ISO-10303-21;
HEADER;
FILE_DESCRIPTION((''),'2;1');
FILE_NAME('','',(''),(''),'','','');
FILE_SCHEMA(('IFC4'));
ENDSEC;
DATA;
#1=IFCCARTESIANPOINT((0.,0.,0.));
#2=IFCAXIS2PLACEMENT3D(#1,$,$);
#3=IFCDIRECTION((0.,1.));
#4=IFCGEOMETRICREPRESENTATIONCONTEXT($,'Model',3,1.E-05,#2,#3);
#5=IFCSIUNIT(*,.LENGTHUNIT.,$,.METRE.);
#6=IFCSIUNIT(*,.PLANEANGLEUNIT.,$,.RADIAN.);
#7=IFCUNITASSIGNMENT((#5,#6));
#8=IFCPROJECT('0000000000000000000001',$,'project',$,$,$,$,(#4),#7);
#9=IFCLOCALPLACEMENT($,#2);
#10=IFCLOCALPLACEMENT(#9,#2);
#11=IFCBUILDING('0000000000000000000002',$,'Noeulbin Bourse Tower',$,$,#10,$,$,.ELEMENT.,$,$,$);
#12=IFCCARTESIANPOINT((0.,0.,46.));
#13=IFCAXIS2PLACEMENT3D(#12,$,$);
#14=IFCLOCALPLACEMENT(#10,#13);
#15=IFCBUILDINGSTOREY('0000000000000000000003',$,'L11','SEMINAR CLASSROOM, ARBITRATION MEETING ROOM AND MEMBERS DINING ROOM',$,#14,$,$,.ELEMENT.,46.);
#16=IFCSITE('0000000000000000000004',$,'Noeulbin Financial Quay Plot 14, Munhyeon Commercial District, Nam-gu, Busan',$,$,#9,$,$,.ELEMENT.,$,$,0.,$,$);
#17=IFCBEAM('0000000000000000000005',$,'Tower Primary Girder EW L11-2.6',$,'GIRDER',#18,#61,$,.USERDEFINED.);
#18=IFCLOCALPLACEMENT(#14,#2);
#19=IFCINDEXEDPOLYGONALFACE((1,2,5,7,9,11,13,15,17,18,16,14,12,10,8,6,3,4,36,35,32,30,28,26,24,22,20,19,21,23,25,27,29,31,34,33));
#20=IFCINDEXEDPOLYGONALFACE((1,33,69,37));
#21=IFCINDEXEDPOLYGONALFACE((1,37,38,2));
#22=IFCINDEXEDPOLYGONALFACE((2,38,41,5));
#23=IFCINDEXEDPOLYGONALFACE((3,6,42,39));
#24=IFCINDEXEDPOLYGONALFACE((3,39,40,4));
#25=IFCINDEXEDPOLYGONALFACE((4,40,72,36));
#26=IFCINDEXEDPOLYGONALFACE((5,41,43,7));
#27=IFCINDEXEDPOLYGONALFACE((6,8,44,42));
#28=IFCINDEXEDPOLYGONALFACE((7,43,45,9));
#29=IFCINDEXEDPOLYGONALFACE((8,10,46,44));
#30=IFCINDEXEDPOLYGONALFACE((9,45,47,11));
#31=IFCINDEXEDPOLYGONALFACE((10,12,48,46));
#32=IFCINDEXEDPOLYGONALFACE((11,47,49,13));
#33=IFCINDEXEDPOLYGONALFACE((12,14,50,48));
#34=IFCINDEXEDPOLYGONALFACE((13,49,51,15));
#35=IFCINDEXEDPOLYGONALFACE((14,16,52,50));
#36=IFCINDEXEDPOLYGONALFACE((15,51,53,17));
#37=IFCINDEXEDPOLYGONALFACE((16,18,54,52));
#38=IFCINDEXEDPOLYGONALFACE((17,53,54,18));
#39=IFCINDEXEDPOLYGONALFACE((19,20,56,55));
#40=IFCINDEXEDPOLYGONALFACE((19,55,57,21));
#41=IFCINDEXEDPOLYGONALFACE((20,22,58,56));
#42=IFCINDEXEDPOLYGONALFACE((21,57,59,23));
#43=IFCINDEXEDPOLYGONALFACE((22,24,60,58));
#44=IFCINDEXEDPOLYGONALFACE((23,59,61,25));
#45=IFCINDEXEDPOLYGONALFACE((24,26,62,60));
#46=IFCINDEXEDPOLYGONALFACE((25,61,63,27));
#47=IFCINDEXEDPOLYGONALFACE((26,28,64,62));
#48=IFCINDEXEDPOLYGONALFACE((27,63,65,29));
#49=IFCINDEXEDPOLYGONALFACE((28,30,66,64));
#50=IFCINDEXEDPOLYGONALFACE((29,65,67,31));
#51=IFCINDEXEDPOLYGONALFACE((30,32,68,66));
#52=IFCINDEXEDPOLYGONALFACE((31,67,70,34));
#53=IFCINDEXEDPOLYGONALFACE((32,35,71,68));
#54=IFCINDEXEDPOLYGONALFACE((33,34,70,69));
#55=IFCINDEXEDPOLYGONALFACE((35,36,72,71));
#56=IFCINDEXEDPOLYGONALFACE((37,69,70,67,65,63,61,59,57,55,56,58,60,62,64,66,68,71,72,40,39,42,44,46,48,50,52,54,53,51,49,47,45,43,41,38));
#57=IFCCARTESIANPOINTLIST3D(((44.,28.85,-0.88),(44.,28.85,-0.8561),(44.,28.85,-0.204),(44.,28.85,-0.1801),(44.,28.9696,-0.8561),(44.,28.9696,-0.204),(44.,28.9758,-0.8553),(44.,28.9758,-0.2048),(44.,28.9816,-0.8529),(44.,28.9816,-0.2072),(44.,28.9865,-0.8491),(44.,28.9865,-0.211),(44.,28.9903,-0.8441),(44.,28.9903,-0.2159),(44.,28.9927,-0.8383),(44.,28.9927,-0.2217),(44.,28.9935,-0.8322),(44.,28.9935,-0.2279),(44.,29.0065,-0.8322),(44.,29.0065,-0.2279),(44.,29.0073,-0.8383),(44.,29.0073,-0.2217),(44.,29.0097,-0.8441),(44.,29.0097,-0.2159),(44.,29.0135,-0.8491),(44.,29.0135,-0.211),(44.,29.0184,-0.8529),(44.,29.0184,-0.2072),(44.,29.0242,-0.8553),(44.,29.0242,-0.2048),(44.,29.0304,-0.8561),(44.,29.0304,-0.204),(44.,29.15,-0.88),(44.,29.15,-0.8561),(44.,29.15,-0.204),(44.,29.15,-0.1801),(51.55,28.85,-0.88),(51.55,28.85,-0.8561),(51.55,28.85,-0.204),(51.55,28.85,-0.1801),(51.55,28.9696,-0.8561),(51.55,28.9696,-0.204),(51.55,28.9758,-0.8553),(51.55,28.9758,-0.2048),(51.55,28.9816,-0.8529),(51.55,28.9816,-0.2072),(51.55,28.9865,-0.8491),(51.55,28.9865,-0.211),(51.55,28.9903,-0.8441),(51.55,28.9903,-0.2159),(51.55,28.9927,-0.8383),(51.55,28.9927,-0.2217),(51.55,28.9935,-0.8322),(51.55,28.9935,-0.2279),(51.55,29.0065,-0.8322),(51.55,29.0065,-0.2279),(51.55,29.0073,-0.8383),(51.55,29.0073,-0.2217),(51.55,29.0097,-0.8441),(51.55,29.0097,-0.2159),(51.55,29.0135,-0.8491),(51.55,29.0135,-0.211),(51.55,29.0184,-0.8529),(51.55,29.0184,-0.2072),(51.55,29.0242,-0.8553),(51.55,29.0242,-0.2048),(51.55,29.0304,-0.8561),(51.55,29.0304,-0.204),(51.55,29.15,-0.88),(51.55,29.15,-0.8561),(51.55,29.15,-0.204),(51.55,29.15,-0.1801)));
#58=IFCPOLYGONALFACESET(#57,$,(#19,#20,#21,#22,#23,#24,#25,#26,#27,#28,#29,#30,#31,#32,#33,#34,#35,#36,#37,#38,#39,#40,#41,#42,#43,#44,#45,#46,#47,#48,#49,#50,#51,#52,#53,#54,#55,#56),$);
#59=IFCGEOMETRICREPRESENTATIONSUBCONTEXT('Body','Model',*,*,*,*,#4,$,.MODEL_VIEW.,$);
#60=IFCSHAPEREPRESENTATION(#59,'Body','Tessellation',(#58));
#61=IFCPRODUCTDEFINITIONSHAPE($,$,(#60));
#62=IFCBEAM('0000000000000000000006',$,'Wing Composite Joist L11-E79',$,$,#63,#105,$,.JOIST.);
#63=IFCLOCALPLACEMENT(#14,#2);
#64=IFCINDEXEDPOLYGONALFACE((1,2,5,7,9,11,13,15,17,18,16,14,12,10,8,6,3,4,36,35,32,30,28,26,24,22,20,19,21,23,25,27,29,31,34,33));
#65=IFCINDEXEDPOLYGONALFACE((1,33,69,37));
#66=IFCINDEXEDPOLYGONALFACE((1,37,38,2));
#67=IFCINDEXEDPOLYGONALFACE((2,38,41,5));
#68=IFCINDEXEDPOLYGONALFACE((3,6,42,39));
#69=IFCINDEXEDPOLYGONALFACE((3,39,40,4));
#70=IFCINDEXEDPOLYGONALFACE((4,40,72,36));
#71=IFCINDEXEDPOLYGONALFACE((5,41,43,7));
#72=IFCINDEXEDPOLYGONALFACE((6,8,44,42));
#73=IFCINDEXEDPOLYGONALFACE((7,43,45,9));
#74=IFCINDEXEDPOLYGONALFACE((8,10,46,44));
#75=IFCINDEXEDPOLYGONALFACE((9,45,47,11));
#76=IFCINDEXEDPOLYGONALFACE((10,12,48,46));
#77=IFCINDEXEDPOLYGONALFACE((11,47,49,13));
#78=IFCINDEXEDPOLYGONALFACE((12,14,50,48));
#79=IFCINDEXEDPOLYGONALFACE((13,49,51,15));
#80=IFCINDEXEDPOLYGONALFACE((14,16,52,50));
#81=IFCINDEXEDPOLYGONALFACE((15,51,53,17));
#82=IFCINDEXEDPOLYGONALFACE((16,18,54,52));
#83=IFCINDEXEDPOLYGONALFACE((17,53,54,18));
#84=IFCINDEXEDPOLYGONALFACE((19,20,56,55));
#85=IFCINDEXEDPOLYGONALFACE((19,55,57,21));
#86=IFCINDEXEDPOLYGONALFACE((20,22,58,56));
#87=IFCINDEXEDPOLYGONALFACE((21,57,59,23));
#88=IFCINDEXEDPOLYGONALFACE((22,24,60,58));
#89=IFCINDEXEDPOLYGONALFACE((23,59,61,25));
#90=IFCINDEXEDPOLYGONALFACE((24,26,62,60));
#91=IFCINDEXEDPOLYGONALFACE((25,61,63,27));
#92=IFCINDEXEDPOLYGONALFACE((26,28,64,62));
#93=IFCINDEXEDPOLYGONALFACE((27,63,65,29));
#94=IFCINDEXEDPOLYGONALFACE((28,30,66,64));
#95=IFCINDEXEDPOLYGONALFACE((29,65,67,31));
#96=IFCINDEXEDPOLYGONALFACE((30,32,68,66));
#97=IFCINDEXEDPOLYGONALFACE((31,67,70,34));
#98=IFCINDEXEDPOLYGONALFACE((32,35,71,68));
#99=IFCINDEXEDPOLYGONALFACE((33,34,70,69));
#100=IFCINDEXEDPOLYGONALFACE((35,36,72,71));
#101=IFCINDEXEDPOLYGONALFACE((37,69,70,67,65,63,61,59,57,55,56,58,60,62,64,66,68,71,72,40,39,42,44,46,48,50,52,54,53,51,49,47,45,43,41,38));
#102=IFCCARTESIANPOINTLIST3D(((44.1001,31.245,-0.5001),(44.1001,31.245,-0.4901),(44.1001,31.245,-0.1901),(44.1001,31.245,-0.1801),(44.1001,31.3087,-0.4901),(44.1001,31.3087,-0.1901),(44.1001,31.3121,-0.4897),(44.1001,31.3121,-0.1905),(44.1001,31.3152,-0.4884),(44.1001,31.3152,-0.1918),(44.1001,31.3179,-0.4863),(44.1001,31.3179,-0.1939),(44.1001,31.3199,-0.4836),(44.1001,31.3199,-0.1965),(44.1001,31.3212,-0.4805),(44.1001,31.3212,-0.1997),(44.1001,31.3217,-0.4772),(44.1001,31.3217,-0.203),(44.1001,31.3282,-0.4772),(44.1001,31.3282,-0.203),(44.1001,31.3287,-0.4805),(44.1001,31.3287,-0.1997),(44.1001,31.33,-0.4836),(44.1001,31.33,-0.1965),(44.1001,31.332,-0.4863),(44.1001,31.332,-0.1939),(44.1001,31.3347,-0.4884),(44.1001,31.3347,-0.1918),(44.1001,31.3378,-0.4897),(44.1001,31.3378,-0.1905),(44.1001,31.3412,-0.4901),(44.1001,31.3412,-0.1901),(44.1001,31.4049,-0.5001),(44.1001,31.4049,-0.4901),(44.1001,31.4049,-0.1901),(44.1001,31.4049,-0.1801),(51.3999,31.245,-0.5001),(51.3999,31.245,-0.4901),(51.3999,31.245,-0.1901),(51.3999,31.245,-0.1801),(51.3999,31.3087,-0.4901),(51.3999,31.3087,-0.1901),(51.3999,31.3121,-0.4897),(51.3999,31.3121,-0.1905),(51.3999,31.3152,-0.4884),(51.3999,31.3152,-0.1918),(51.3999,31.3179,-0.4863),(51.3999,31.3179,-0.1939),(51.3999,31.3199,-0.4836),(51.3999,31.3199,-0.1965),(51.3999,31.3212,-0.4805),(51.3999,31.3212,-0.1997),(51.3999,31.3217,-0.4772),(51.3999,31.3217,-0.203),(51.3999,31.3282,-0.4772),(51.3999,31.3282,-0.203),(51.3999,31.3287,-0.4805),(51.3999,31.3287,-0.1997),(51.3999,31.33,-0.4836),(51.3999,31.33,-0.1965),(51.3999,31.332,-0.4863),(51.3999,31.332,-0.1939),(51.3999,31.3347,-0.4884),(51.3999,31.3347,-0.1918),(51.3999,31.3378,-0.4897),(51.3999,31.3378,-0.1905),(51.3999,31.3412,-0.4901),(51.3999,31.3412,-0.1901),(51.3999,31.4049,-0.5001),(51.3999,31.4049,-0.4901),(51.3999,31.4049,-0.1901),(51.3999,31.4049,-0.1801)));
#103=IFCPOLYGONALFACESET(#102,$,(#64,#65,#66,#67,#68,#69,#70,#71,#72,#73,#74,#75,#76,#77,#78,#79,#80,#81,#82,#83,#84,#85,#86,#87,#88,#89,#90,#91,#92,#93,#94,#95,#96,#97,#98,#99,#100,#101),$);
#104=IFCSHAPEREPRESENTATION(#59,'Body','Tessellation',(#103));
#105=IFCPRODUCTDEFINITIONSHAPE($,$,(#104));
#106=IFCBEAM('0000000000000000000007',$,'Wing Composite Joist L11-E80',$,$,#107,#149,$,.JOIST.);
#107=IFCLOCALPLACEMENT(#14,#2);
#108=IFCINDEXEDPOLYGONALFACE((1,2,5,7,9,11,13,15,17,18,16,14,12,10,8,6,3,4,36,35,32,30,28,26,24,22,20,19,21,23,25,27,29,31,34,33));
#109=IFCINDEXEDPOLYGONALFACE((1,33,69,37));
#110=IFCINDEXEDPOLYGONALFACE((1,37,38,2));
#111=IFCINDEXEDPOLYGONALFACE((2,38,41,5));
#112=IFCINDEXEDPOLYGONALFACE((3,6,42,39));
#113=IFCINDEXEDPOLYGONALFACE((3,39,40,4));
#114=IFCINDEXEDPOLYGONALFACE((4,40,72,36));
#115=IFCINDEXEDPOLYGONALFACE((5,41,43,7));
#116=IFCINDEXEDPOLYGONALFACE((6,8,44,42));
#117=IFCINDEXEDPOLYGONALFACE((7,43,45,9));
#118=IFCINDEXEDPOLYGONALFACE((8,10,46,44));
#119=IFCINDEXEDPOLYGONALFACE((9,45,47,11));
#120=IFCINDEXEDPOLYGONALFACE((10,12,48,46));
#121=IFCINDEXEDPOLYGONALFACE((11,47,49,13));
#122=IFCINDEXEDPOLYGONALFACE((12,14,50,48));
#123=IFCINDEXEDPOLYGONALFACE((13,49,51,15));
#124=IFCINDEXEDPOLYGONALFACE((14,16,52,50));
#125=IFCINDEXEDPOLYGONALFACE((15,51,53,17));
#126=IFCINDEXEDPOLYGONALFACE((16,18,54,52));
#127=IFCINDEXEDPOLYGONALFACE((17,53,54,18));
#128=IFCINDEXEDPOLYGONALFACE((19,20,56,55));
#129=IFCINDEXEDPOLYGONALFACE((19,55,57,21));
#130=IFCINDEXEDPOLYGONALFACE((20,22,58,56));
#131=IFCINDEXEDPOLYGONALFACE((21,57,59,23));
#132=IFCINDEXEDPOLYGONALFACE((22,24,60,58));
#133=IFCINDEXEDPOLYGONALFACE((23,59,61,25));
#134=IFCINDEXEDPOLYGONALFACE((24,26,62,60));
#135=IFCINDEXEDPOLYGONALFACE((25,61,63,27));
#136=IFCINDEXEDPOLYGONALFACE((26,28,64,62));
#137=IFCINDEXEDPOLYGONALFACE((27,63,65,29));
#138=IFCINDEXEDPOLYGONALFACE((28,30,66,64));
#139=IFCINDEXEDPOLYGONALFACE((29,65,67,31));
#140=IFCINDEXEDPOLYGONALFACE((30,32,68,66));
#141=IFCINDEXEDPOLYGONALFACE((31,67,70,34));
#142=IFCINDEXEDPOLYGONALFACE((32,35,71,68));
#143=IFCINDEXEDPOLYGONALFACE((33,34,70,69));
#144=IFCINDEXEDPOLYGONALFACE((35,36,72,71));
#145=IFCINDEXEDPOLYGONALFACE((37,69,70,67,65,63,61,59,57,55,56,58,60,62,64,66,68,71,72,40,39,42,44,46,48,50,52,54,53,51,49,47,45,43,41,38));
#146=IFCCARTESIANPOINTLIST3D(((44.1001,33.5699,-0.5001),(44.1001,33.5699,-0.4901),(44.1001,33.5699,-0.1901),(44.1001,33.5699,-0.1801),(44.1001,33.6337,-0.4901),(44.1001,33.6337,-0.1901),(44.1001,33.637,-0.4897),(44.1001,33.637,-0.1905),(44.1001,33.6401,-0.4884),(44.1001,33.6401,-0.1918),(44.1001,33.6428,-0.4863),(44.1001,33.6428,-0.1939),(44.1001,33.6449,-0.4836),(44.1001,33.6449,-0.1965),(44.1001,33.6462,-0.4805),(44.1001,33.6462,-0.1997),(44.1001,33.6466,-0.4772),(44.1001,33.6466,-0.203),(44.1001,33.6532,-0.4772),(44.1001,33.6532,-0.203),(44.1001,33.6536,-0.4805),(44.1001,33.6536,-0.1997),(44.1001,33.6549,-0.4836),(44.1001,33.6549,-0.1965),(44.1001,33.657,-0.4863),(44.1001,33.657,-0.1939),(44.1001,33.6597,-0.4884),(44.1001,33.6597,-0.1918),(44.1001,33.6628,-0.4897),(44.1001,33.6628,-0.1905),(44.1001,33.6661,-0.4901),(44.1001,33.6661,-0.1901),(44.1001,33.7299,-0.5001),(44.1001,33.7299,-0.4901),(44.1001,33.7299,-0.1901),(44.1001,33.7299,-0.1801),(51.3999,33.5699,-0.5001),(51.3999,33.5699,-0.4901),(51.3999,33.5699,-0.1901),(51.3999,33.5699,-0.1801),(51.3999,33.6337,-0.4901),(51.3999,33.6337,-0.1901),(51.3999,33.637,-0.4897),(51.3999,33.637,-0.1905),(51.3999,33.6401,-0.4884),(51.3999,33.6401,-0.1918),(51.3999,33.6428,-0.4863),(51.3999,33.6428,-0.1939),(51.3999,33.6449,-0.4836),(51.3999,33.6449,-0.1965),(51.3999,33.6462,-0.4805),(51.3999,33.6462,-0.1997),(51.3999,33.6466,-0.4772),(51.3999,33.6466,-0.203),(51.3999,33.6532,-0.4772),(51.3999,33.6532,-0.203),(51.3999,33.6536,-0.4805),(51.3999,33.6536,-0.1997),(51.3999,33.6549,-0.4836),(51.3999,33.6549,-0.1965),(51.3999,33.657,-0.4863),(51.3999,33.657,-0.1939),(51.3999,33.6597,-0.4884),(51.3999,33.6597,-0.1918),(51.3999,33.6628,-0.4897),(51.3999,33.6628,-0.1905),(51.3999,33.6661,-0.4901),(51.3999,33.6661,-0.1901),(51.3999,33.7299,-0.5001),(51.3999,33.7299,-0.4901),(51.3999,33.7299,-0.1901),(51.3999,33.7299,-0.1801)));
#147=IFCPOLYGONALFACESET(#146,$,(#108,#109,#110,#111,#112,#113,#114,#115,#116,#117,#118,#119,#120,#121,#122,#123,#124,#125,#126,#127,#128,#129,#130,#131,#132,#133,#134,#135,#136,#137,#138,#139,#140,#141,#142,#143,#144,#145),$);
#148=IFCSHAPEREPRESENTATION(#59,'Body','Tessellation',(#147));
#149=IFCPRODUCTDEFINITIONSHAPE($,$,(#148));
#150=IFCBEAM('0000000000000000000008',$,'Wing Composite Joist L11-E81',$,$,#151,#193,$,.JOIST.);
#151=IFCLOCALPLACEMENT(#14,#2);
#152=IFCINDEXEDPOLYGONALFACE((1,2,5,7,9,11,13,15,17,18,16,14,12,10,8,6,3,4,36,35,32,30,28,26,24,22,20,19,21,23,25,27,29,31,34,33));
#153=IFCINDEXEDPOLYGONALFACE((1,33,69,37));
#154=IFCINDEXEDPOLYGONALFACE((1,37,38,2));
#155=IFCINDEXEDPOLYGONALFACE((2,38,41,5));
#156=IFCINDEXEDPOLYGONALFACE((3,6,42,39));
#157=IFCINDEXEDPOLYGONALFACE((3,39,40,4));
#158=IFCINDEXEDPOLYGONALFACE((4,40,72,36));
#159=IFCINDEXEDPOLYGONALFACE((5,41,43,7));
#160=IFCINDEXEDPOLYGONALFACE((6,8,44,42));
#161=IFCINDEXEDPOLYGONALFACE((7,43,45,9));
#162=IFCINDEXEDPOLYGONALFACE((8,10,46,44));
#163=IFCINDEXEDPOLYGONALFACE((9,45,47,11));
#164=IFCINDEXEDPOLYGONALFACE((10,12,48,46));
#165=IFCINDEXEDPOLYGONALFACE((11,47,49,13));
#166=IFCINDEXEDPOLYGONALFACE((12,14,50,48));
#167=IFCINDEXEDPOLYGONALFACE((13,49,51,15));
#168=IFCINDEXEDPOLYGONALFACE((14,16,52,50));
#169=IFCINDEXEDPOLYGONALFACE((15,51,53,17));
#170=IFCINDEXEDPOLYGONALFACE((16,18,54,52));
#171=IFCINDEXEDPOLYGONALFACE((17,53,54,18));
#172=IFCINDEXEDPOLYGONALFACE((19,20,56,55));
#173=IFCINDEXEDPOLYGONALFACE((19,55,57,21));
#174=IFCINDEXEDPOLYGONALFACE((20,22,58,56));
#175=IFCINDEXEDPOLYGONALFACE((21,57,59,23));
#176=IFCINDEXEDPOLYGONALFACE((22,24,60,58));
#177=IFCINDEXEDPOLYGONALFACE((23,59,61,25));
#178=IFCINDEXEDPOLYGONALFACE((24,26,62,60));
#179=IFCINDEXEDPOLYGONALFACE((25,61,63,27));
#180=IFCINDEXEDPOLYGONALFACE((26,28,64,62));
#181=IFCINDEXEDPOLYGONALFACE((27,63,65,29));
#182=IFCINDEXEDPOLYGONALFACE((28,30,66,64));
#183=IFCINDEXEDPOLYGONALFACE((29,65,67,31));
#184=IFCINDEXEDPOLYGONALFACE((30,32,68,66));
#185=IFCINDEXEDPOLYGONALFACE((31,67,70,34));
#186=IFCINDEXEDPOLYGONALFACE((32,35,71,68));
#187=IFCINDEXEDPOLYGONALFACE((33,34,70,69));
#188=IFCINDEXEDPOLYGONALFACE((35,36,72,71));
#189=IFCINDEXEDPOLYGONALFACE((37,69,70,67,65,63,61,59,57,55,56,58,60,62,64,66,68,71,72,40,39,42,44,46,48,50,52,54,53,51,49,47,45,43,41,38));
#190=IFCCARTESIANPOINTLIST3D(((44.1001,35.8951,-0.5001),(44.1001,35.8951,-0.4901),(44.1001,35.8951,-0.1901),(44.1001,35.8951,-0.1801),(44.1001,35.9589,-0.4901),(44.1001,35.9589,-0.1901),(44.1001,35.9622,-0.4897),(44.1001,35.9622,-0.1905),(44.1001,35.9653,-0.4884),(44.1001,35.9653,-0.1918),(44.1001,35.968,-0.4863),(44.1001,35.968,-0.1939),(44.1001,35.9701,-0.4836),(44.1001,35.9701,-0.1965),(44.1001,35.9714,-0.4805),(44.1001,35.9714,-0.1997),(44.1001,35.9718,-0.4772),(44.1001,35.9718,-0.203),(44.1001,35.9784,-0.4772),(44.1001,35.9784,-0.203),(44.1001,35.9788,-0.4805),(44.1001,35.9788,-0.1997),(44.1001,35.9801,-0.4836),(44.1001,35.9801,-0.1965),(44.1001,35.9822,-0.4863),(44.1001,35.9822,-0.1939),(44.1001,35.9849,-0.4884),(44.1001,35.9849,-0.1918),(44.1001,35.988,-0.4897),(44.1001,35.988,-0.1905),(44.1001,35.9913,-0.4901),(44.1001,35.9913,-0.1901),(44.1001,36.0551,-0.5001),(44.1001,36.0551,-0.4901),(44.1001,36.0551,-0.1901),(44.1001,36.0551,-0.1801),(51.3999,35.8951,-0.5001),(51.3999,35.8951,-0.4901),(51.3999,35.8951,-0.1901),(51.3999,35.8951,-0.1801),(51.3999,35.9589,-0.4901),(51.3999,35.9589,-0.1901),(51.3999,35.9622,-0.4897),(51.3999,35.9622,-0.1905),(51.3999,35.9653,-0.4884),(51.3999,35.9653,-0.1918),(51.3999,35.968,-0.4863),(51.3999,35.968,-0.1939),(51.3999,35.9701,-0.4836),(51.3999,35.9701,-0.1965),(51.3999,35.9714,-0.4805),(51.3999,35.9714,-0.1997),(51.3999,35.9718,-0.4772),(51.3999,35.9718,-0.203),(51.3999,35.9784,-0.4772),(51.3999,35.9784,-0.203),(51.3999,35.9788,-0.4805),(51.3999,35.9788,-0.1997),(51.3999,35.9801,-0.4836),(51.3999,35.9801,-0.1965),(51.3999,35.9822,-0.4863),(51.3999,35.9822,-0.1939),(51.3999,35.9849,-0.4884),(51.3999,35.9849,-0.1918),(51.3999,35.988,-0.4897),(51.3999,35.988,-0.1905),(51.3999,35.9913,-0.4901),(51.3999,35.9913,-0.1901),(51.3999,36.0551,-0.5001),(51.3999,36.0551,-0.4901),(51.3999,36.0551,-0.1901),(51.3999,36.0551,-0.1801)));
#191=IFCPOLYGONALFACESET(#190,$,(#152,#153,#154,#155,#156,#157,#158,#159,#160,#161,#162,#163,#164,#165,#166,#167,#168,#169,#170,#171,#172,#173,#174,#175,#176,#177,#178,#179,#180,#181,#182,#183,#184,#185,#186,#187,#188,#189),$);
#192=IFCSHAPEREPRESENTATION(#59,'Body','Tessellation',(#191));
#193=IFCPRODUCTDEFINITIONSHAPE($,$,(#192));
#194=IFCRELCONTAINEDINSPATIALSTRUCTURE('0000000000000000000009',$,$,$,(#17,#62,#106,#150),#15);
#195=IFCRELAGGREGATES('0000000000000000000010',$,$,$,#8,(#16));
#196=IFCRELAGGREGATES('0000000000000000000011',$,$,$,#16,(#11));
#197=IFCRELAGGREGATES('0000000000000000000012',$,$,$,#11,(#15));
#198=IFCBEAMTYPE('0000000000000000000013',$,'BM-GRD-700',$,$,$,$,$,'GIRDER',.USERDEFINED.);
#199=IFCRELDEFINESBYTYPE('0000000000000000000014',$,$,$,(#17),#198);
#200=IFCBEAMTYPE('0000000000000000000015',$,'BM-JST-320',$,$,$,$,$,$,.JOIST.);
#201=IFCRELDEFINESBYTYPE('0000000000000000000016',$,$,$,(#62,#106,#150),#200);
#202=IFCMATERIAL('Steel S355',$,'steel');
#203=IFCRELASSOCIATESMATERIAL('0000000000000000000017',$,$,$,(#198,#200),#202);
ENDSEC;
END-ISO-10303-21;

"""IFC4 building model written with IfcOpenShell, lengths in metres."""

from ifc_helpers import new_model, si_unit, direction, frame, origin, origin_2d, place, context, subcontext, project, spatial, i_section, extrude, material, material_profile, profile_set, type_object, element, save


model = new_model("IFC4")

# Units and contexts
model_context = context("Model", 3, precision=1e-05, world=origin(), true_north=direction((0.0, 1.0)))
body_context = subcontext(model_context, "Body", "Model", "MODEL_VIEW")
ifc_project = project(units=[si_unit("LENGTHUNIT", "METRE"), si_unit("PLANEANGLEUNIT", "RADIAN")], contexts=[model_context])

# Site, building, storey
site_placement = place(None, origin())
site = spatial("IfcSite", under=ifc_project, at=site_placement, Name="Noeulbin Financial Quay Plot 14, Munhyeon Commercial District, Nam-gu, Busan", CompositionType="ELEMENT", RefElevation=0.0)
building_placement = place(site_placement, origin())
building = spatial("IfcBuilding", under=site, at=building_placement, Name="Noeulbin Bourse Tower", CompositionType="ELEMENT")
storey_placement = place(building_placement, frame((0.0, 0.0, 46.0)))
storey = spatial("IfcBuildingStorey", under=building, at=storey_placement, Name="L11", Description="SEMINAR CLASSROOM, ARBITRATION MEETING ROOM AND MEMBERS DINING ROOM", CompositionType="ELEMENT", Elevation=46.0)

# Beams
ifc_material_1 = material(Name="Steel S355", Category="steel")
ifc_material_profile_1 = material_profile(ifc_material_1, i_section(OverallWidth=0.3, OverallDepth=0.7, WebThickness=0.0129, FlangeThickness=0.0239, FilletRadius=0.0239, at=origin_2d()), Name="H-700x300x13x24", Category="LoadBearing")
ifc_profile_set_1 = profile_set([ifc_material_profile_1], Name="Steel S355")
beam_type_1 = type_object("IfcBeamType", Name="BM-GRD-700", ElementType="GIRDER", PredefinedType="USERDEFINED", material=ifc_profile_set_1)
beam_1_placement = place(storey_placement, frame((44.0, 29.0, -0.53), z_axis=(1.0, 0.0, 0.0), x_axis=(0.0, 1.0, 0.0)))
element("IfcBeam", 1, at=beam_1_placement, inside=storey, type_object=beam_type_1, Name="Tower Primary Girder EW L11-2.6", ObjectType="GIRDER", PredefinedType="USERDEFINED", context=body_context, shape_type="SweptSolid", body=[
    extrude(i_section(OverallWidth=0.3, OverallDepth=0.7, WebThickness=0.0129, FlangeThickness=0.0239, FilletRadius=0.0239, at=origin_2d()), origin(), (0.0, 0.0, 1.0), 7.55),
])
ifc_material_profile_2 = material_profile(ifc_material_1, i_section(OverallWidth=0.1599, OverallDepth=0.3201, WebThickness=0.0066, FlangeThickness=0.01, FilletRadius=0.0129, at=origin_2d()), Name="H-320x160x6.5x10", Category="LoadBearing")
ifc_profile_set_2 = profile_set([ifc_material_profile_2], Name="Steel S355")
beam_type_2 = type_object("IfcBeamType", Name="BM-JST-320", PredefinedType="JOIST", material=ifc_profile_set_2)
for number, where, z_axis, x_axis, name in (
    (2, (44.1001, 31.325, -0.3401), (1.0, 0.0, 0.0), (0.0, 1.0, 0.0), "Wing Composite Joist L11-E79"),
    (3, (44.1001, 33.6499, -0.3401), (1.0, 0.0, 0.0), (0.0, 1.0, 0.0), "Wing Composite Joist L11-E80"),
    (4, (44.1001, 35.9751, -0.3401), (1.0, 0.0, 0.0), (0.0, 1.0, 0.0), "Wing Composite Joist L11-E81"),
):
    element("IfcBeam", number, at=place(storey_placement, frame(where, z_axis=z_axis, x_axis=x_axis)), inside=storey, type_object=beam_type_2, Name=name, PredefinedType="JOIST", context=body_context, shape_type="SweptSolid", body=[
        extrude(i_section(OverallWidth=0.1599, OverallDepth=0.3201, WebThickness=0.0066, FlangeThickness=0.01, FilletRadius=0.0129, at=origin_2d()), origin(), (0.0, 0.0, 1.0), 7.2998),
    ])

save(model, "model.ifc")
